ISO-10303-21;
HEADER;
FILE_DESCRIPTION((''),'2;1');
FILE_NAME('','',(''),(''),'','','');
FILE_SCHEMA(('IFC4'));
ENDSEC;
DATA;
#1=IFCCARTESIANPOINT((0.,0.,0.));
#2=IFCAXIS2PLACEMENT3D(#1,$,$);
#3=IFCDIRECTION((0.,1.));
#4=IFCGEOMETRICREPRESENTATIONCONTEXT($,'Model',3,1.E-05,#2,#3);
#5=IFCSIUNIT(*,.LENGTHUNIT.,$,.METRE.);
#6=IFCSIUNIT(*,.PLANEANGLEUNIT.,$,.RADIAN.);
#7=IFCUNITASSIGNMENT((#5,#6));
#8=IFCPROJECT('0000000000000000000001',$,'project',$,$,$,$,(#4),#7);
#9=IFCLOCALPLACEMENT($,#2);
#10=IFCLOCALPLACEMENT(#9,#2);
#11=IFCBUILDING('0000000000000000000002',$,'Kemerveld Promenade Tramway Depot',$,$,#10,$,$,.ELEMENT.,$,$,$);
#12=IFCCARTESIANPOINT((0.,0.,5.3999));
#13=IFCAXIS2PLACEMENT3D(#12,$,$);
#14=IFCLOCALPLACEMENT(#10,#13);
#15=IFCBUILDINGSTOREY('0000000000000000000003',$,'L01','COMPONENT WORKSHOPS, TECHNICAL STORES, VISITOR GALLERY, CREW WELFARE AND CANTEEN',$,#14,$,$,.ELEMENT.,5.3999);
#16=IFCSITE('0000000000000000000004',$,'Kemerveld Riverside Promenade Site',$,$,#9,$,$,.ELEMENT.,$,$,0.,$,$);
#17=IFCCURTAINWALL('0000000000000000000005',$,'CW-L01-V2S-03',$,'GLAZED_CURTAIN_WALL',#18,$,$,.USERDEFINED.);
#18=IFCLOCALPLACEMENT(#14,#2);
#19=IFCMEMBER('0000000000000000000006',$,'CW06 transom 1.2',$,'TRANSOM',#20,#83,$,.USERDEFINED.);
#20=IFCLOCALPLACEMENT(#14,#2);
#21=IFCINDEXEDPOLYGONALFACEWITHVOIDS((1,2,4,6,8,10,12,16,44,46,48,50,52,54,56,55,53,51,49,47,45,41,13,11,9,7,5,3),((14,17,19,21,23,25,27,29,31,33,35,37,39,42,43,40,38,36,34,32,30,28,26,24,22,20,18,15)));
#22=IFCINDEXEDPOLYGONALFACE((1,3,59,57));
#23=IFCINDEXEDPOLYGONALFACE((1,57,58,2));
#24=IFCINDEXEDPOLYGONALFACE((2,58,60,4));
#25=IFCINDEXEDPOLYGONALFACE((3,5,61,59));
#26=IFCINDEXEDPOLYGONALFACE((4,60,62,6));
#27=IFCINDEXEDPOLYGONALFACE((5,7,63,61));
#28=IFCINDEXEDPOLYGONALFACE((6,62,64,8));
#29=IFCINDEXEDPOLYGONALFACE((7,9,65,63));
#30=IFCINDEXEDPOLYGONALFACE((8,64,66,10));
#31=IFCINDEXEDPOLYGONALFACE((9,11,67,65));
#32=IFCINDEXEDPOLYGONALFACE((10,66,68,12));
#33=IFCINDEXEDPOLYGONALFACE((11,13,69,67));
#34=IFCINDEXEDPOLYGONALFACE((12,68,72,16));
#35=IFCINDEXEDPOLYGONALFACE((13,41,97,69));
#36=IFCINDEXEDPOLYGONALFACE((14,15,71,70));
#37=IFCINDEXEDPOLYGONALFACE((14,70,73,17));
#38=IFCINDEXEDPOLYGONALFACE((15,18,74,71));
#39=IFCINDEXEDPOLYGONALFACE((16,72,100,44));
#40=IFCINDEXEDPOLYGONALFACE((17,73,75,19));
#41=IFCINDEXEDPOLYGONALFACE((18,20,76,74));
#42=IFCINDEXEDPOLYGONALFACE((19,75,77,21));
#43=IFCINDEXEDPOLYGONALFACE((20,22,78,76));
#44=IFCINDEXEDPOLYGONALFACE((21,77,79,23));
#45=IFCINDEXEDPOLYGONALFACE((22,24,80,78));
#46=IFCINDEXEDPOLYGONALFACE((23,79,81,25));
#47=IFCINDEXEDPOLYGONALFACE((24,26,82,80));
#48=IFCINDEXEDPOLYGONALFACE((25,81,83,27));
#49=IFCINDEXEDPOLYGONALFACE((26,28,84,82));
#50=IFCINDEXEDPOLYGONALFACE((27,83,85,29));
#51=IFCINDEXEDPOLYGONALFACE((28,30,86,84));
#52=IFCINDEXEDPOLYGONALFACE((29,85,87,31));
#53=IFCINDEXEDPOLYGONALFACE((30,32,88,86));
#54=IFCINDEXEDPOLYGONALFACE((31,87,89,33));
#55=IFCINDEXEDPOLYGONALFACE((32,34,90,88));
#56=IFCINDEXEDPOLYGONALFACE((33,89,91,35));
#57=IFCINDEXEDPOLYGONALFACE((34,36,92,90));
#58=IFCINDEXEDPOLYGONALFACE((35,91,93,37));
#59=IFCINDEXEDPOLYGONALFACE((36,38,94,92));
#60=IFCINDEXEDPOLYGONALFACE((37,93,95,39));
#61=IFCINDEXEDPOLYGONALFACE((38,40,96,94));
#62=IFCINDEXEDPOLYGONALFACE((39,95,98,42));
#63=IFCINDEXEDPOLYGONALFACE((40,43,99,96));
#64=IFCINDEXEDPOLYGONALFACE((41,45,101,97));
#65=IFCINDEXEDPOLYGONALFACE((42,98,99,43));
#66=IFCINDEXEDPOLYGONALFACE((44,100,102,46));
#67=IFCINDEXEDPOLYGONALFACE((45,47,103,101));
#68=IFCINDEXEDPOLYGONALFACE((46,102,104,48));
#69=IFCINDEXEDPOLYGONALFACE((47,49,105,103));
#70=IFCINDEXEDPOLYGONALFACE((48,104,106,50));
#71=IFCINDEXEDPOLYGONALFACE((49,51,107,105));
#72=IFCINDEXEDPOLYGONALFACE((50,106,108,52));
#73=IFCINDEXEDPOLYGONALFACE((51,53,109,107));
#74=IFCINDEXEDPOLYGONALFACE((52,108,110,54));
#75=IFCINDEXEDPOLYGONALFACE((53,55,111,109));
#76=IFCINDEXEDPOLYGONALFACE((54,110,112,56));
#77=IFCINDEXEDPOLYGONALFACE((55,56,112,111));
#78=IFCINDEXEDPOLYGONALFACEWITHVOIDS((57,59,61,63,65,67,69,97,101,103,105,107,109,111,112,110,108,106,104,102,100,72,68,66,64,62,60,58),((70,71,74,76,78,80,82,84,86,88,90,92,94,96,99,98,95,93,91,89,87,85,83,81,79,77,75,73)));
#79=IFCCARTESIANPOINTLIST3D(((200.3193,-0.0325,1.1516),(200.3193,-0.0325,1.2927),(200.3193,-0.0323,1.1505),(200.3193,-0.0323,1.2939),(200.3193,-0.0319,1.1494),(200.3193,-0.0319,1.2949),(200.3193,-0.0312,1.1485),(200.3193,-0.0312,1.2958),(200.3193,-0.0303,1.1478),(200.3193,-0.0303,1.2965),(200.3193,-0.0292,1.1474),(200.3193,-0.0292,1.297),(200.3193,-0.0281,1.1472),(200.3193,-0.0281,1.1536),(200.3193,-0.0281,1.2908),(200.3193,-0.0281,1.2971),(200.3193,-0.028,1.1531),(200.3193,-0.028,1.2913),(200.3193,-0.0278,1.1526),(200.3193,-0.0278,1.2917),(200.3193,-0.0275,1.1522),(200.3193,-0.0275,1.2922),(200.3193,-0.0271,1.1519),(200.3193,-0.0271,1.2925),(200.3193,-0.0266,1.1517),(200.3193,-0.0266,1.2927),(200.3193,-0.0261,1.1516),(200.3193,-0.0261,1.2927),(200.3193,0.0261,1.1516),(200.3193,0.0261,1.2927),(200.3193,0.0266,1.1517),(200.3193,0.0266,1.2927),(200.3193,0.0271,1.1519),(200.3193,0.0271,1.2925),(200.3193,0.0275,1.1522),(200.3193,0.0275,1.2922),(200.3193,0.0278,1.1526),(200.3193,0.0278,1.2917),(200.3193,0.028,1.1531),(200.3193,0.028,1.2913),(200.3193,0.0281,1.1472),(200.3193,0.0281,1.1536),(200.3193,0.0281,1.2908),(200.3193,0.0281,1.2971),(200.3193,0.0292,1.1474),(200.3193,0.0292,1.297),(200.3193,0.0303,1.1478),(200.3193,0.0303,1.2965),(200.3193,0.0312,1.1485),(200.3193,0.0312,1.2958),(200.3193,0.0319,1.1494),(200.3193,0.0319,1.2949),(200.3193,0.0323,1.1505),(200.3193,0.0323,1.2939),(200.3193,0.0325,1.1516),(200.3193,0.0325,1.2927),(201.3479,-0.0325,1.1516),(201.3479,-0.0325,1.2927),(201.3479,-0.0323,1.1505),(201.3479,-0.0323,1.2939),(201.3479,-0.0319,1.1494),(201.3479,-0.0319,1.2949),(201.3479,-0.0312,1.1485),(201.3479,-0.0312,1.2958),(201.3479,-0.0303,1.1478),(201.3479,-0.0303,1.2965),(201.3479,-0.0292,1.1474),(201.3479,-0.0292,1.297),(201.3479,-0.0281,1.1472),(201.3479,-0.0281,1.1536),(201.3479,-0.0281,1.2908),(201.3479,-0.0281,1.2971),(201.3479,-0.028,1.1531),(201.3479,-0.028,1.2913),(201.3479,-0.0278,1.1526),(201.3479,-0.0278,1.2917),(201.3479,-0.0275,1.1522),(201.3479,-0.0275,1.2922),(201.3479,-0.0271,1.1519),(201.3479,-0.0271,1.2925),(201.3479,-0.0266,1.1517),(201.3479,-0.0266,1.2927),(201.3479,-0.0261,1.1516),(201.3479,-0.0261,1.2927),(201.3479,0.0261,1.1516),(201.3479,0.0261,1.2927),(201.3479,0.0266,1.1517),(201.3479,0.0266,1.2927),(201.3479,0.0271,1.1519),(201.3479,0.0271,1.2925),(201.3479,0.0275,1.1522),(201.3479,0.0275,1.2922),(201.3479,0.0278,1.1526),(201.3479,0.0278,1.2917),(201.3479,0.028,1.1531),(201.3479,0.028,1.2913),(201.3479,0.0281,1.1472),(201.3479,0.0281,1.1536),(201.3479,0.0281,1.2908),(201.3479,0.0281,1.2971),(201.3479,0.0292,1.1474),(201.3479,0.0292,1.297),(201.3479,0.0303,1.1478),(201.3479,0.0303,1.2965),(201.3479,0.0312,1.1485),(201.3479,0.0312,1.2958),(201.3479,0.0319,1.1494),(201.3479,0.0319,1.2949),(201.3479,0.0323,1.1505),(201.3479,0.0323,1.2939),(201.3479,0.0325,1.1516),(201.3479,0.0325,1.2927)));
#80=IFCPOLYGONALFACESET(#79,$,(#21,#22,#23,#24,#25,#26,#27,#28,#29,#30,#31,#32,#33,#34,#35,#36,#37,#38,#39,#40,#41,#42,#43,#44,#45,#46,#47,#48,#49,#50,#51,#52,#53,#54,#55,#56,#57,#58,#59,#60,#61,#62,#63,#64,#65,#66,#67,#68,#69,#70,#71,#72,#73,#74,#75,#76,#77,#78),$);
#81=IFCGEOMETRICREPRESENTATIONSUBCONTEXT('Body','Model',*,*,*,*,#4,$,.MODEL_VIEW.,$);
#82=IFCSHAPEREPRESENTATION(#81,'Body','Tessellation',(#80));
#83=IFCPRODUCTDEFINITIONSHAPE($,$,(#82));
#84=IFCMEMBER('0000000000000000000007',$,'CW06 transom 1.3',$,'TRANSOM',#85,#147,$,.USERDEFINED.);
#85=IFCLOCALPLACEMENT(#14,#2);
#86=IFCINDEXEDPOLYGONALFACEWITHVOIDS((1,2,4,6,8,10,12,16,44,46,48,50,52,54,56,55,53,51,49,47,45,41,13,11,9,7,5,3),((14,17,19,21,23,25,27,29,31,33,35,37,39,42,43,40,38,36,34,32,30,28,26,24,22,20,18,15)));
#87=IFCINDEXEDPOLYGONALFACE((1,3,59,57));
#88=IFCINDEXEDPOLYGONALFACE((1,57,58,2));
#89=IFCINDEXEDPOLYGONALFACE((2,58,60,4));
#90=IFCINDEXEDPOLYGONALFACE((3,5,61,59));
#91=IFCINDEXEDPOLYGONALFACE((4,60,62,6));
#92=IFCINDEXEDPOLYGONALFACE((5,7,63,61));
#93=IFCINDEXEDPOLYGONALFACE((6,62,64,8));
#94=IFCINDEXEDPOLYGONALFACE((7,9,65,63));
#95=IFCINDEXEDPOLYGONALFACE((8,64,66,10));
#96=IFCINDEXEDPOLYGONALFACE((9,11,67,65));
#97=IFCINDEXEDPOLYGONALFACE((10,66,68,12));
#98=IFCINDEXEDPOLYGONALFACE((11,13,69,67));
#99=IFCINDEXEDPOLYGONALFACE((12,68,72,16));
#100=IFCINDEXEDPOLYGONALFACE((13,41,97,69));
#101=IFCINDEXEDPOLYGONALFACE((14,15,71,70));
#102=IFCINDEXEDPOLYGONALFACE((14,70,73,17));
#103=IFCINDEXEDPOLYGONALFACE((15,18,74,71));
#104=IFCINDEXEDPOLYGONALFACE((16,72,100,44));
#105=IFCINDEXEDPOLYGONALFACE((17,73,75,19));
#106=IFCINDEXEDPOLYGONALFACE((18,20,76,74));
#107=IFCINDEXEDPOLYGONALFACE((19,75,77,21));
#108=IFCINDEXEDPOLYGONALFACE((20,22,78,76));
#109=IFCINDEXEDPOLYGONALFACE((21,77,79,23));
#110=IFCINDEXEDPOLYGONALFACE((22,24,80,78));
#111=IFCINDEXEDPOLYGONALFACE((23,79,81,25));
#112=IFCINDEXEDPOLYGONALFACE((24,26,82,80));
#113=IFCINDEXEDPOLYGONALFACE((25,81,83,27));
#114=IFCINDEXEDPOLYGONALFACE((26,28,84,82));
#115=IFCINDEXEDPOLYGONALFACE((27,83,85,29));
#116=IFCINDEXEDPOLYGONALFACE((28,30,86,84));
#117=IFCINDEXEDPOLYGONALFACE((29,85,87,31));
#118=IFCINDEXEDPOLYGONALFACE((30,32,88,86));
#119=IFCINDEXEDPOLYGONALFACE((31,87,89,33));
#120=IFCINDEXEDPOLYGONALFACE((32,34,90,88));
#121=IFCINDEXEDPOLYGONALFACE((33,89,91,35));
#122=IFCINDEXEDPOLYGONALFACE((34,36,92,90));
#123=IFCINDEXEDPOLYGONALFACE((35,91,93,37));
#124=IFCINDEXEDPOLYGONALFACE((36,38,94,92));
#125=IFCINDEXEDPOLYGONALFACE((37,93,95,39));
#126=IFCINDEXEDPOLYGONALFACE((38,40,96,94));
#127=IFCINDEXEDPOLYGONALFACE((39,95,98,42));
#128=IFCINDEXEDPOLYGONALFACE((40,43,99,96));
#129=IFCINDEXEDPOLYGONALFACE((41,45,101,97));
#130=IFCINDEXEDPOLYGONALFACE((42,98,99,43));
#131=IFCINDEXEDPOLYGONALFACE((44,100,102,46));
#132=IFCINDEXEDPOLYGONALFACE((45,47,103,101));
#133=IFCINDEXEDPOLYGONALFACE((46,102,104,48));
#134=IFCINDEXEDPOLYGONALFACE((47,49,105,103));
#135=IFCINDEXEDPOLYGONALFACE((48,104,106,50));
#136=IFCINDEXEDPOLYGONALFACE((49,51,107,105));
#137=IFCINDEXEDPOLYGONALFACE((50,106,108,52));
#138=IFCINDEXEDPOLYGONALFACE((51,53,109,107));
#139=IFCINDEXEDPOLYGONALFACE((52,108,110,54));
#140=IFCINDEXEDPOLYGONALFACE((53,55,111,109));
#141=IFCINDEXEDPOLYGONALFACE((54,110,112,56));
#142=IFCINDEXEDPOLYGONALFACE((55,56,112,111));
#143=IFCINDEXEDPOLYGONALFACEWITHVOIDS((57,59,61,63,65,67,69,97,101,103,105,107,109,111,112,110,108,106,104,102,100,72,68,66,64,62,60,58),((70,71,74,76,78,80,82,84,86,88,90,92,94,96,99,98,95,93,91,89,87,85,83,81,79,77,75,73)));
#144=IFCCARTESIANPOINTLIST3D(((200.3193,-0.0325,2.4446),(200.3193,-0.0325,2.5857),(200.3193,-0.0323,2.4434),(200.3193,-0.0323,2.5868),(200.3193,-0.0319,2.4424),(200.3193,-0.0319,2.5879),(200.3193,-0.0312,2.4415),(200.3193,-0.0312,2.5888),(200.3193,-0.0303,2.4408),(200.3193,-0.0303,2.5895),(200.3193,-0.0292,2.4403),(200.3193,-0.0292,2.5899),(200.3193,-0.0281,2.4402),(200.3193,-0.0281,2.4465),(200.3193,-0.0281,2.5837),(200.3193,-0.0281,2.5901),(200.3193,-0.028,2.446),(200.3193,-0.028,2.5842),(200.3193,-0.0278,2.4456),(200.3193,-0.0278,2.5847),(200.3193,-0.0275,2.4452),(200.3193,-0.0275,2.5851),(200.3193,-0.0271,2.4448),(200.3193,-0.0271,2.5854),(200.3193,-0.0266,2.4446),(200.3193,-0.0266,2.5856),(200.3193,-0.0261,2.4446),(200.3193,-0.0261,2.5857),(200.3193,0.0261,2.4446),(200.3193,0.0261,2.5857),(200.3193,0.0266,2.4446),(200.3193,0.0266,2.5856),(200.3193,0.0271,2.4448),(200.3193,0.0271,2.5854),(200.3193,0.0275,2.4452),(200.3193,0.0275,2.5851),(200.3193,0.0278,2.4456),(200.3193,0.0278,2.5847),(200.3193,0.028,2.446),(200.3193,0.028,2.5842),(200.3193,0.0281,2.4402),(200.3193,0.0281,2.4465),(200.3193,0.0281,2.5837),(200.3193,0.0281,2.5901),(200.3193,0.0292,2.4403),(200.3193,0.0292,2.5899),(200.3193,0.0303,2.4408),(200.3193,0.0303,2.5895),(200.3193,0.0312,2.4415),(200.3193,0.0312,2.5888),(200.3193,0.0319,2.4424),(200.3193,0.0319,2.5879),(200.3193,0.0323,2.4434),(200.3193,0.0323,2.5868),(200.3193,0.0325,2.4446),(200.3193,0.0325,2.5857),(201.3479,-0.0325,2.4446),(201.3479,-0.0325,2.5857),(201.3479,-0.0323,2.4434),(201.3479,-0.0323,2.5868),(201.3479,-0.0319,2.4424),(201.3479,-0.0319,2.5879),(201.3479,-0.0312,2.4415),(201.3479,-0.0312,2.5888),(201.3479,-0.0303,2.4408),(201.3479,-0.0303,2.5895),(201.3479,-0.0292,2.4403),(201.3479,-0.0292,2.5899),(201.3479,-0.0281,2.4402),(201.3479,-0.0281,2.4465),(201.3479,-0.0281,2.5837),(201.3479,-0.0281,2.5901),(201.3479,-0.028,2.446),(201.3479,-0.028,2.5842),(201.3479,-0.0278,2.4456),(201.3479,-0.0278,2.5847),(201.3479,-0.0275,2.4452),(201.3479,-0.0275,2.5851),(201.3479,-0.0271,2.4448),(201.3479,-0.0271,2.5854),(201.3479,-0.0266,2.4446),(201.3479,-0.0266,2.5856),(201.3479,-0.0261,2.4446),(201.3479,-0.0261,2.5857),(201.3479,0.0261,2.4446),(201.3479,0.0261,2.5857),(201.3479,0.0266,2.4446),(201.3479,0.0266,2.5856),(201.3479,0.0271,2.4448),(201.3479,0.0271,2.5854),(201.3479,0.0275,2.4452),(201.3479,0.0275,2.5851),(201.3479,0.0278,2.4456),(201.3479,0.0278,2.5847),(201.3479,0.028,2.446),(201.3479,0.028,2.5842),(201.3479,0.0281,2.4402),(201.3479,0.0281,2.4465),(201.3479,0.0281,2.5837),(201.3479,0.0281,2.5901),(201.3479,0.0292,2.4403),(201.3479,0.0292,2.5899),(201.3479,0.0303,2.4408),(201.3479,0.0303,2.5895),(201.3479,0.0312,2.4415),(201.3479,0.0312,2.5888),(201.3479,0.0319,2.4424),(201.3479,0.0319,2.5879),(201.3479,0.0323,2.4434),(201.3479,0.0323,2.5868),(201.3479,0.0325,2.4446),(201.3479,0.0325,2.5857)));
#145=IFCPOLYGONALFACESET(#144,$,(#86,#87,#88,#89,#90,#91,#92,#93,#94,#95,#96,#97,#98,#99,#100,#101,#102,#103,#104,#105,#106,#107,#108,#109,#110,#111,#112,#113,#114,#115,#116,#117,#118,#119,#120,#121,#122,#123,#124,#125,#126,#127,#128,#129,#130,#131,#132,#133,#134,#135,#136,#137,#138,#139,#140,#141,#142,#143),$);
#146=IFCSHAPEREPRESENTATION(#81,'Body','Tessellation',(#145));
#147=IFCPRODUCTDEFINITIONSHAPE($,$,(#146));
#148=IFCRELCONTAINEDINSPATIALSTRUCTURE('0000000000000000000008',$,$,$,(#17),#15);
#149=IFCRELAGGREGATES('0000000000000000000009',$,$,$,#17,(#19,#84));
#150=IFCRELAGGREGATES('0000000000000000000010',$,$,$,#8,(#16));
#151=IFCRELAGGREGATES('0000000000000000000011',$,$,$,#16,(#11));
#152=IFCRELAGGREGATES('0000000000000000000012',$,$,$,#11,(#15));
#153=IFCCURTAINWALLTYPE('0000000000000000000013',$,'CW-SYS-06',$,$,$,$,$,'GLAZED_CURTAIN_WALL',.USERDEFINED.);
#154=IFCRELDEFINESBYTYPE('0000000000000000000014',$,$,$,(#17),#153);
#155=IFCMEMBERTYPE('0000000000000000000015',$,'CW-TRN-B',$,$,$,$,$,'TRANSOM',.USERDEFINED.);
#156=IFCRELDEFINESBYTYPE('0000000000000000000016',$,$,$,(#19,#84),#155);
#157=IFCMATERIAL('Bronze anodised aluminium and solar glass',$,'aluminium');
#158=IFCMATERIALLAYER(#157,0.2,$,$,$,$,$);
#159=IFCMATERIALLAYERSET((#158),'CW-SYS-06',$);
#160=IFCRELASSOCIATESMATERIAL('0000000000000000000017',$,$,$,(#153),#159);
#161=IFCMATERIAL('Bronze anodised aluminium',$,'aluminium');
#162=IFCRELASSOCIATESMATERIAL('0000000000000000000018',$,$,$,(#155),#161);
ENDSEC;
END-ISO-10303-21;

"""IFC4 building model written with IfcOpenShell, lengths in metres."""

from ifc_helpers import new_model, si_unit, direction, frame, origin, origin_2d, place, context, subcontext, project, spatial, hollow_rectangle, extrude, material, layer, layer_set, material_profile, profile_set, type_object, element, aggregate, save


model = new_model("IFC4")

# Units and contexts
model_context = context("Model", 3, precision=1e-05, world=origin(), true_north=direction((0.0, 1.0)))
body_context = subcontext(model_context, "Body", "Model", "MODEL_VIEW")
ifc_project = project(units=[si_unit("LENGTHUNIT", "METRE"), si_unit("PLANEANGLEUNIT", "RADIAN")], contexts=[model_context])

# Site, building, storey
site_placement = place(None, origin())
site = spatial("IfcSite", under=ifc_project, at=site_placement, Name="Kemerveld Riverside Promenade Site", CompositionType="ELEMENT", RefElevation=0.0)
building_placement = place(site_placement, origin())
building = spatial("IfcBuilding", under=site, at=building_placement, Name="Kemerveld Promenade Tramway Depot", CompositionType="ELEMENT")
storey_placement = place(building_placement, frame((0.0, 0.0, 5.3999)))
storey = spatial("IfcBuildingStorey", under=building, at=storey_placement, Name="L01", Description="COMPONENT WORKSHOPS, TECHNICAL STORES, VISITOR GALLERY, CREW WELFARE AND CANTEEN", CompositionType="ELEMENT", Elevation=5.3999)

# Curtain wall, members
ifc_material_1 = material(Name="Bronze anodised aluminium and solar glass", Category="aluminium")
ifc_layer_1 = layer(ifc_material_1, 0.2)
ifc_layer_set_1 = layer_set([ifc_layer_1], Name="CW-SYS-06")
curtain_wall_type = type_object("IfcCurtainWallType", Name="CW-SYS-06", ElementType="GLAZED_CURTAIN_WALL", PredefinedType="USERDEFINED", material=ifc_layer_set_1)
curtain_wall_placement = place(storey_placement, origin())
curtain_wall = element("IfcCurtainWall", 1, at=curtain_wall_placement, inside=storey, type_object=curtain_wall_type, Name="CW-L01-V2S-03", ObjectType="GLAZED_CURTAIN_WALL", PredefinedType="USERDEFINED")
ifc_material_2 = material(Name="Bronze anodised aluminium", Category="aluminium")
ifc_material_profile_1 = material_profile(ifc_material_2, hollow_rectangle(XDim=0.0649, YDim=0.1499, WallThickness=0.0044, InnerFilletRadius=0.002, OuterFilletRadius=0.0044, at=origin_2d()), Name="CW-TRN-150x65")
ifc_profile_set_1 = profile_set([ifc_material_profile_1], Name="Bronze anodised aluminium")
member_type_1 = type_object("IfcMemberType", Name="CW-TRN-B", ElementType="TRANSOM", PredefinedType="USERDEFINED", material=ifc_profile_set_1)
member_1_placement = place(storey_placement, frame((201.3479, 0.0, 1.2222), z_axis=(-1.0, 0.0, 0.0), x_axis=(0.0, -1.0, 0.0)))
member_1 = element("IfcMember", 2, at=member_1_placement, type_object=member_type_1, Name="CW06 transom 1.2", ObjectType="TRANSOM", PredefinedType="USERDEFINED", context=body_context, shape_type="SweptSolid", body=[
    extrude(hollow_rectangle(XDim=0.0649, YDim=0.1499, WallThickness=0.0044, InnerFilletRadius=0.002, OuterFilletRadius=0.0044, at=origin_2d()), origin(), (0.0, 0.0, 1.0), 1.0286),
])
member_2_placement = place(storey_placement, frame((201.3479, 0.0, 2.5151), z_axis=(-1.0, 0.0, 0.0), x_axis=(0.0, -1.0, 0.0)))
member_2 = element("IfcMember", 3, at=member_2_placement, type_object=member_type_1, Name="CW06 transom 1.3", ObjectType="TRANSOM", PredefinedType="USERDEFINED", context=body_context, shape_type="SweptSolid", body=[
    extrude(hollow_rectangle(XDim=0.0649, YDim=0.1499, WallThickness=0.0044, InnerFilletRadius=0.002, OuterFilletRadius=0.0044, at=origin_2d()), origin(), (0.0, 0.0, 1.0), 1.0286),
])
aggregate(curtain_wall, [member_1, member_2])

save(model, "model.ifc")
